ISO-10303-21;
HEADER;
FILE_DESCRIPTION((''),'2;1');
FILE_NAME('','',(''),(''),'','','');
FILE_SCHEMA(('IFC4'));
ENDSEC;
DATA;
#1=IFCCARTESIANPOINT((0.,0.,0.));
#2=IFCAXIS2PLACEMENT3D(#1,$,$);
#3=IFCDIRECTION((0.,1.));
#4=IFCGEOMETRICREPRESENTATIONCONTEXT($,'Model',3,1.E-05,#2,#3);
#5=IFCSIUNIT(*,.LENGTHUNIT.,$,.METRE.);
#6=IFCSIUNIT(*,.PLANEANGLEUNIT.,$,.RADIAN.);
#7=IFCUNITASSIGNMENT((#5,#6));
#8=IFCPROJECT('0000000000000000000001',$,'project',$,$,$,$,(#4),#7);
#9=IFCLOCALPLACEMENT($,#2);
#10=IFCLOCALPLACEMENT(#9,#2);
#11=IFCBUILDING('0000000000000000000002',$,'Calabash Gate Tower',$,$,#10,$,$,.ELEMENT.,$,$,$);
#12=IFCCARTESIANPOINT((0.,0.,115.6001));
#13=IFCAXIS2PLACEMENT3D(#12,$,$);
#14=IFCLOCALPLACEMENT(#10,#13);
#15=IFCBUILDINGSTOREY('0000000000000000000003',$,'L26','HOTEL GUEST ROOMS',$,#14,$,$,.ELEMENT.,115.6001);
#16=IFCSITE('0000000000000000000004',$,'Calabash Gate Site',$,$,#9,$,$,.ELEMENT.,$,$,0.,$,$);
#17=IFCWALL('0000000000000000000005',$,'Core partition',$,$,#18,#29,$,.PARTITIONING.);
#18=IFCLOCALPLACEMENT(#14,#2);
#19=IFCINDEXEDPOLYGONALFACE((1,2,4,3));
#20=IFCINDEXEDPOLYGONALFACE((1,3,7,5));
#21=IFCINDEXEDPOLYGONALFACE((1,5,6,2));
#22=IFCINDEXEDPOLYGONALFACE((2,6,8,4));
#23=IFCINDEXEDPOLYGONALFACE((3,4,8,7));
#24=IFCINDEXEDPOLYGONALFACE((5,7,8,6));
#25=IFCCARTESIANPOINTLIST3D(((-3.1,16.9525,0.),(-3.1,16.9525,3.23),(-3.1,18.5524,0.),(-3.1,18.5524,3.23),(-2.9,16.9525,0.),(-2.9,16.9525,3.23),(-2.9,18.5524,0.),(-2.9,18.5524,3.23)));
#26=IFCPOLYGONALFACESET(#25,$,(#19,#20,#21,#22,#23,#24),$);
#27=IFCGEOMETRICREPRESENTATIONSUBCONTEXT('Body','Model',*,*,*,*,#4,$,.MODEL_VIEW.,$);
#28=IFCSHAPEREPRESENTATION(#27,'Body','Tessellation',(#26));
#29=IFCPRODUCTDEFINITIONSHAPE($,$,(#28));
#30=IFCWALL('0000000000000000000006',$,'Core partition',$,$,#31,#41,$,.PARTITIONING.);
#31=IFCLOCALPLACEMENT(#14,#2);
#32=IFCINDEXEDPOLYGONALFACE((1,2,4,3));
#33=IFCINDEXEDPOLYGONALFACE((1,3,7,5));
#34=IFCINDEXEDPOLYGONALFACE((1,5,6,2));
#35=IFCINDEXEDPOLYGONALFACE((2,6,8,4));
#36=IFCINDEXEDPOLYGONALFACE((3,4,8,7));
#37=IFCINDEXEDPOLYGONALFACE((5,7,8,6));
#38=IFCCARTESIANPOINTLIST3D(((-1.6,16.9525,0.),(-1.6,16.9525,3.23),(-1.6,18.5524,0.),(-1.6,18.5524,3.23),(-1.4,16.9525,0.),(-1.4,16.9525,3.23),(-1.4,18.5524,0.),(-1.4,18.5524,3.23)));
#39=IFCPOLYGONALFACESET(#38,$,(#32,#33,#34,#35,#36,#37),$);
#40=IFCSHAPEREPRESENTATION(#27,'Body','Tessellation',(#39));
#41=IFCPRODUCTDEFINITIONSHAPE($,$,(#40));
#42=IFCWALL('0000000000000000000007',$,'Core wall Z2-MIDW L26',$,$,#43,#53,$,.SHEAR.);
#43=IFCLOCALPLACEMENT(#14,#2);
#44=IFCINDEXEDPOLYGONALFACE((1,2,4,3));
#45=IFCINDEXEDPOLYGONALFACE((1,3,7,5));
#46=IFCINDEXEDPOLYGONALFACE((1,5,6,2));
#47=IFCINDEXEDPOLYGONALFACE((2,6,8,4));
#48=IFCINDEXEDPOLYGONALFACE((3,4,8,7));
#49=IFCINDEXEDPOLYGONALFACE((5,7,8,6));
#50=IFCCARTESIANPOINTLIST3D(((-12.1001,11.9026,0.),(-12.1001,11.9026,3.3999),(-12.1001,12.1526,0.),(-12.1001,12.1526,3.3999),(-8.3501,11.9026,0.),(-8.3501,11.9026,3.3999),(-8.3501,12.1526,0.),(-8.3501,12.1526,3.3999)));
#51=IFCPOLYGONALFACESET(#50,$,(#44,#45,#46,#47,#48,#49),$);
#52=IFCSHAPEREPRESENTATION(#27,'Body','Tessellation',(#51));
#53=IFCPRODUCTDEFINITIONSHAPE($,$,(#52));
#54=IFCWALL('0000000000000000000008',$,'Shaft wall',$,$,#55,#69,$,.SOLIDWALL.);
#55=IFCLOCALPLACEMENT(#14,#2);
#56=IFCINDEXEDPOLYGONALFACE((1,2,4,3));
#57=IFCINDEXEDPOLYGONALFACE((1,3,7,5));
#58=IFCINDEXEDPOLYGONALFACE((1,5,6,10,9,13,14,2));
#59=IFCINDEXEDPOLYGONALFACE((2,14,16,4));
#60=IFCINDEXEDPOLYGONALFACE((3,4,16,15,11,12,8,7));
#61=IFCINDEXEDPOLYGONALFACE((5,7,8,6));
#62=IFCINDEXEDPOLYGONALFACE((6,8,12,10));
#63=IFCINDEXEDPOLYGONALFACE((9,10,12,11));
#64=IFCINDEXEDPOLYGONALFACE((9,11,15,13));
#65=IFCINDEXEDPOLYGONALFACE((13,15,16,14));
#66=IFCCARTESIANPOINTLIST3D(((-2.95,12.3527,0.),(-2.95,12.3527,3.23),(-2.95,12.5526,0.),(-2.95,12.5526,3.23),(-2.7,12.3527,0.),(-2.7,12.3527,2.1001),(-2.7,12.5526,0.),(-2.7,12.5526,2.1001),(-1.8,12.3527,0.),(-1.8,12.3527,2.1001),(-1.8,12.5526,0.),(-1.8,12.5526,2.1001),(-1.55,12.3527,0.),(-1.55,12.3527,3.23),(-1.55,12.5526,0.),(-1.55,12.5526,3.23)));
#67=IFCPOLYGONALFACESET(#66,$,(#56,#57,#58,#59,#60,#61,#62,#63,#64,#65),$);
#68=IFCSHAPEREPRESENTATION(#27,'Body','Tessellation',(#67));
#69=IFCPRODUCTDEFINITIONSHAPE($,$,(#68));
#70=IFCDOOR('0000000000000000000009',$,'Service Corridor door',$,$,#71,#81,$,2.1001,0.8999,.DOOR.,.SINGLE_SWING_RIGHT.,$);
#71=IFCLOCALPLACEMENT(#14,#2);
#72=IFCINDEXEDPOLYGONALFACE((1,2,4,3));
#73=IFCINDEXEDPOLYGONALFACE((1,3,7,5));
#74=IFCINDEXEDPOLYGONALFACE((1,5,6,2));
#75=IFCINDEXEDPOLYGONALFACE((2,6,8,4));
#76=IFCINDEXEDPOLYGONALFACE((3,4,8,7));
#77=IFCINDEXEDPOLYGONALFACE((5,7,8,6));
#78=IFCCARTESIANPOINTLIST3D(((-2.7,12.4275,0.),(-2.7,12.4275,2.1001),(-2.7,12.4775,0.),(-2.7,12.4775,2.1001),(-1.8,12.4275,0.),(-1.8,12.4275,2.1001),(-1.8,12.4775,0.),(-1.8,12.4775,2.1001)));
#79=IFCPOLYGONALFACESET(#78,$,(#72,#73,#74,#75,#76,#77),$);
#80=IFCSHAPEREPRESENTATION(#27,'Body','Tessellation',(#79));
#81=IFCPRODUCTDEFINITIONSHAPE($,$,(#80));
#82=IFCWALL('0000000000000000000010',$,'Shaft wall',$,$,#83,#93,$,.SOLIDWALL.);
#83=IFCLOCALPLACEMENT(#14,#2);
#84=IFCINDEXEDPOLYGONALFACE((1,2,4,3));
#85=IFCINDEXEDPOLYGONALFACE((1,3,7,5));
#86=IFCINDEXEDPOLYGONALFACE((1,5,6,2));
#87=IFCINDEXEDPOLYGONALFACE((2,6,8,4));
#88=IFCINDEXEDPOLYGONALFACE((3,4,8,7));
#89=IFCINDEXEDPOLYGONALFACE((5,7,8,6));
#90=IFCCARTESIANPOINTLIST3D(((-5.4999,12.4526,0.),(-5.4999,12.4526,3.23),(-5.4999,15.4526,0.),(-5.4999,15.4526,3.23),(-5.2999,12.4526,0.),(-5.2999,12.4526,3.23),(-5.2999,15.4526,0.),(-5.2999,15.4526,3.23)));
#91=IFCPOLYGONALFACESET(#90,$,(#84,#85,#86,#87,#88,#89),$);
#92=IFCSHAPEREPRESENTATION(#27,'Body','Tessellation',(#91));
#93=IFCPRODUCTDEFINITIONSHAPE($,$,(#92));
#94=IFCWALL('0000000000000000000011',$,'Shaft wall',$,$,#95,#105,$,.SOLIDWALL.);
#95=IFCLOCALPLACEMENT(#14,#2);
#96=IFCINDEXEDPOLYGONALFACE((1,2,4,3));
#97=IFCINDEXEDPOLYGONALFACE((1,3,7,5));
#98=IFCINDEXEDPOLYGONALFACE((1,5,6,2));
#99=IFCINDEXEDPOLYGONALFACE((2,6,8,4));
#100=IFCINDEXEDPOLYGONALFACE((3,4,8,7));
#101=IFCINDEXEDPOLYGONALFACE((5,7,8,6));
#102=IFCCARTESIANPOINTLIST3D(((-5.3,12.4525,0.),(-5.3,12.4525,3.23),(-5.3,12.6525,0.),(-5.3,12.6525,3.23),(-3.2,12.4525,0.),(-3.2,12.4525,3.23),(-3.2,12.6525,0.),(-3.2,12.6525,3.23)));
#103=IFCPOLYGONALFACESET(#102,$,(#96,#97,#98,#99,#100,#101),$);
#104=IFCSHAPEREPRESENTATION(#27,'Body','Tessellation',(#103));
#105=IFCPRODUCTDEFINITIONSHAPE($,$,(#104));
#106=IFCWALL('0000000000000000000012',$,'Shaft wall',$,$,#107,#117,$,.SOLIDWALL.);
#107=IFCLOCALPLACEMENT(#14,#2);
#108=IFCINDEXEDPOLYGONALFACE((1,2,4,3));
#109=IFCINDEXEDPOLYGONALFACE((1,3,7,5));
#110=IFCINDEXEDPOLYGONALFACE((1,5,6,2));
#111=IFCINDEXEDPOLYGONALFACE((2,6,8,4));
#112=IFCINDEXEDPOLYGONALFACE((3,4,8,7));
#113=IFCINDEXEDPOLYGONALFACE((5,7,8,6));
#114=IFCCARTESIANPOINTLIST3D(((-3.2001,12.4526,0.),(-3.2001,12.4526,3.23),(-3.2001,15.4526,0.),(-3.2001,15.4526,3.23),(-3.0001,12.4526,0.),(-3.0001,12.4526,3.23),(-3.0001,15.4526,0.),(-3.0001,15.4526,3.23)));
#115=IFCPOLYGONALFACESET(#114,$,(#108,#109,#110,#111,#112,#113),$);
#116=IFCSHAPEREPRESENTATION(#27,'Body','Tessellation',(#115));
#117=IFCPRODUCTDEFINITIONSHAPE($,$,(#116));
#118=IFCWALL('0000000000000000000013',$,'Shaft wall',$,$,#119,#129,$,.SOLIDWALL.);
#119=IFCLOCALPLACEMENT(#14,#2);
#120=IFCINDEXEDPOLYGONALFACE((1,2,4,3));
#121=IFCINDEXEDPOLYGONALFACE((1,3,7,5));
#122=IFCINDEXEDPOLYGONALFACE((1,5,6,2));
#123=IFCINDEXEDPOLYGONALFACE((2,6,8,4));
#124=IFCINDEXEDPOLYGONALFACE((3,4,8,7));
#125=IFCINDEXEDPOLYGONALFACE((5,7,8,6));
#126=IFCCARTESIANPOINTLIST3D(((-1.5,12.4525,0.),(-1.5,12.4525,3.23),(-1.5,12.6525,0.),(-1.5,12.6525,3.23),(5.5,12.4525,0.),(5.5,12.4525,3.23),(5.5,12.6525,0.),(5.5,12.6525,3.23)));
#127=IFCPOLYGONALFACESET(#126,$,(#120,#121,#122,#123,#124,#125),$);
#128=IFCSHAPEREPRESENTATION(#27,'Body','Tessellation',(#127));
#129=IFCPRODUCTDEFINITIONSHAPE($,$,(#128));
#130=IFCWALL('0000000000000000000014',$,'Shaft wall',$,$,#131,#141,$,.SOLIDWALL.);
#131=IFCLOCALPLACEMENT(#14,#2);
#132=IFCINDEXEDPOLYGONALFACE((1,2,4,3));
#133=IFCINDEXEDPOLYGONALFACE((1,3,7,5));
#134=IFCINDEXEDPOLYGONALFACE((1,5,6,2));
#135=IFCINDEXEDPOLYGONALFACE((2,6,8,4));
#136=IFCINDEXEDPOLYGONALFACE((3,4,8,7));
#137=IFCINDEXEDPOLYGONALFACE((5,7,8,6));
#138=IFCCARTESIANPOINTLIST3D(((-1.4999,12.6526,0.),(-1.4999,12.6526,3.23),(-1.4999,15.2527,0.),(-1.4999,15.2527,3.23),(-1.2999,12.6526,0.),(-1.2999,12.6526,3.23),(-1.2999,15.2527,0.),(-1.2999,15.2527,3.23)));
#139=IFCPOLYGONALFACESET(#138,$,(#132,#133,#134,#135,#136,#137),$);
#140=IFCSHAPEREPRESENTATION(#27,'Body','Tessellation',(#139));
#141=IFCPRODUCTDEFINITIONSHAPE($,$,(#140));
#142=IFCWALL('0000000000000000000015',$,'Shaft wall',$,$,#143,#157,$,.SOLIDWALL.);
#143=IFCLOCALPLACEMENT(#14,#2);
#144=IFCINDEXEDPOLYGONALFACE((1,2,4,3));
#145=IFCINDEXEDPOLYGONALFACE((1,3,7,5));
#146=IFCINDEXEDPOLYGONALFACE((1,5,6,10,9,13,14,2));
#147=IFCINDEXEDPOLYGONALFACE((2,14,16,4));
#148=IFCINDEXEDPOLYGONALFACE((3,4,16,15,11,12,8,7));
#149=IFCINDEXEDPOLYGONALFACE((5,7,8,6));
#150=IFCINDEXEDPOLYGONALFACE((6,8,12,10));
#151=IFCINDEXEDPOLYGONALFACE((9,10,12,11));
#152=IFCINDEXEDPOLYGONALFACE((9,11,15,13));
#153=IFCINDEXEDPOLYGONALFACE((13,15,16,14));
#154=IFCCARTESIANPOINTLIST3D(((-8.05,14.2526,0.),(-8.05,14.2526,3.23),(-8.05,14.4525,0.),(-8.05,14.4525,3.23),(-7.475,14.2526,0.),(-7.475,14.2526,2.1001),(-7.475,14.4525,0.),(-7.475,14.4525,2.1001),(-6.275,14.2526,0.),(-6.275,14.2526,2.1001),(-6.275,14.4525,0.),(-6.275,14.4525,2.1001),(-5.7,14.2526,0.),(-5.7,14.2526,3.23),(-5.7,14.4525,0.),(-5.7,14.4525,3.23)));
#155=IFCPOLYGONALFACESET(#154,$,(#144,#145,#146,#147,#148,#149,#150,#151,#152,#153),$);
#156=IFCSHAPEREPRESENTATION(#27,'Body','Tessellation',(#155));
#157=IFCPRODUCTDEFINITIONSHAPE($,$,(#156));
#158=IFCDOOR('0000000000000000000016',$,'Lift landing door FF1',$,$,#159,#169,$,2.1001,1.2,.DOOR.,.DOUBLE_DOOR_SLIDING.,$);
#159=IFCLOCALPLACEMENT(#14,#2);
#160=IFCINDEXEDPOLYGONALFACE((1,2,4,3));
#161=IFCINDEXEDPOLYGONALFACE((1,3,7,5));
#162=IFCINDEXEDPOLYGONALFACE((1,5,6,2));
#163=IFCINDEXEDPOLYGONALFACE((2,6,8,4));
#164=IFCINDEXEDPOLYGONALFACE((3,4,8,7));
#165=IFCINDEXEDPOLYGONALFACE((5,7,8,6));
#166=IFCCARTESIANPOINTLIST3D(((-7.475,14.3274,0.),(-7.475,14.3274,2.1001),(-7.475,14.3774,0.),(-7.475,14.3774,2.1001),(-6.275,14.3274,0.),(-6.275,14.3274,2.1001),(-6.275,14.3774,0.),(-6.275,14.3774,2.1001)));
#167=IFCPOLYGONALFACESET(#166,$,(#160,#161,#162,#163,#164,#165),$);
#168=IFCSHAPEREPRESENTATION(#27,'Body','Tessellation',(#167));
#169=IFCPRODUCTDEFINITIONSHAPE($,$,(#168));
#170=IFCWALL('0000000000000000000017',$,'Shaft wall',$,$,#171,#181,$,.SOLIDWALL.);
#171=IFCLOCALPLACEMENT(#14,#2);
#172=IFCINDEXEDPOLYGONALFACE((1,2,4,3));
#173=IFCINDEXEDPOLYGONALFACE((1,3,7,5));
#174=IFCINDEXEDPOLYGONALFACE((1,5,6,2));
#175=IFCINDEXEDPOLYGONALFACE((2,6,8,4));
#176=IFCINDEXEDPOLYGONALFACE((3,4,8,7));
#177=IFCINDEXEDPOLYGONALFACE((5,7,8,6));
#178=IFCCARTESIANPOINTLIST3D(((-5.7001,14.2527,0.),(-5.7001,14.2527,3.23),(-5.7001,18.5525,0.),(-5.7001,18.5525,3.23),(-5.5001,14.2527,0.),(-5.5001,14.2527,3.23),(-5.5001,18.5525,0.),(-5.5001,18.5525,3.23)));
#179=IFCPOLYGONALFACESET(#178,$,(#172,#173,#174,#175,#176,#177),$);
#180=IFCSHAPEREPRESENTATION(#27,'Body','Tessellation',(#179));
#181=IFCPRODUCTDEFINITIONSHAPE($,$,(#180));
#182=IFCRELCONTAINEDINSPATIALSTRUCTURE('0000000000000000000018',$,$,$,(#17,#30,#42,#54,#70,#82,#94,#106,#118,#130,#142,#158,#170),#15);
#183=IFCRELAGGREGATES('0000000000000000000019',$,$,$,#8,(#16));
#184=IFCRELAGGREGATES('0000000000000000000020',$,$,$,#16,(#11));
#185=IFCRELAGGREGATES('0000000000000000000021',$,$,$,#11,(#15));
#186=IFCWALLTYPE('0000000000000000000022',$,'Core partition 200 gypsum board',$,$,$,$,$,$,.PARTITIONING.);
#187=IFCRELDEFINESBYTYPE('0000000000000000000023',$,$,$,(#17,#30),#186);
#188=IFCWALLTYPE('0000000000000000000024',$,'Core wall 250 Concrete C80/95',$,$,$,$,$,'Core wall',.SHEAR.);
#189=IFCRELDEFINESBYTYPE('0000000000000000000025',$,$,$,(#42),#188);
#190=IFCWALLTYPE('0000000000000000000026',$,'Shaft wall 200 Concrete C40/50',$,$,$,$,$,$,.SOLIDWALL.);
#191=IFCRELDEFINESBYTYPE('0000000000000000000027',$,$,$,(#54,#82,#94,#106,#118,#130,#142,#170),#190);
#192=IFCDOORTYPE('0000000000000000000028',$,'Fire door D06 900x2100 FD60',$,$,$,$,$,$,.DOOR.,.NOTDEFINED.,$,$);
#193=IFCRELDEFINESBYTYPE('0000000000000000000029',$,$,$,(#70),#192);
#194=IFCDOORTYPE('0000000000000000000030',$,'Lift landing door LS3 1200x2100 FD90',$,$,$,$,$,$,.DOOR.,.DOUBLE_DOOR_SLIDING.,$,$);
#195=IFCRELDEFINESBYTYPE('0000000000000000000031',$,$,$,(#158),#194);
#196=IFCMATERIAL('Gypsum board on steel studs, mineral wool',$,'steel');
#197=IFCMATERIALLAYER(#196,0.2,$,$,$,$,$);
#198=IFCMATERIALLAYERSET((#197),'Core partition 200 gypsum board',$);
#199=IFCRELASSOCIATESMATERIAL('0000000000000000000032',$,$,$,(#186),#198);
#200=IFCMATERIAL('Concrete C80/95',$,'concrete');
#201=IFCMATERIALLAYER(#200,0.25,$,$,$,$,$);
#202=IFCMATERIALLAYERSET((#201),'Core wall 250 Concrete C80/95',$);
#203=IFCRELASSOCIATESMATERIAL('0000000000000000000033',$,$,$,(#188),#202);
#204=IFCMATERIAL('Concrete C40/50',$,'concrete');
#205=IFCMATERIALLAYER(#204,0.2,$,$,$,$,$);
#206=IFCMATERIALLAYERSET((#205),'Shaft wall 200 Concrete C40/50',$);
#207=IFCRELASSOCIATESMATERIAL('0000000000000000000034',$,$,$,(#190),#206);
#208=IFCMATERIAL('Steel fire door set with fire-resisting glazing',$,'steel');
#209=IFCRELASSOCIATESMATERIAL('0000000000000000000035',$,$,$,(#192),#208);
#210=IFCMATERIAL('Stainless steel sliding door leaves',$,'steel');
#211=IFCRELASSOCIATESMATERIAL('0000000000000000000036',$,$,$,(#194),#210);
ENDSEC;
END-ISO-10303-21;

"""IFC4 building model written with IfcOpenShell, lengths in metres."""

from ifc_helpers import new_model, si_unit, direction, frame, frame_2d, origin, place, context, subcontext, project, spatial, rectangle, extrude, material, layer, layer_set, type_object, element, fill, save


model = new_model("IFC4")

# Units and contexts
model_context = context("Model", 3, precision=1e-05, world=origin(), true_north=direction((0.0, 1.0)))
body_context = subcontext(model_context, "Body", "Model", "MODEL_VIEW")
ifc_project = project(units=[si_unit("LENGTHUNIT", "METRE"), si_unit("PLANEANGLEUNIT", "RADIAN")], contexts=[model_context])

# Site, building, storey
site_placement = place(None, origin())
site = spatial("IfcSite", under=ifc_project, at=site_placement, Name="Calabash Gate Site", CompositionType="ELEMENT", RefElevation=0.0)
building_placement = place(site_placement, origin())
building = spatial("IfcBuilding", under=site, at=building_placement, Name="Calabash Gate Tower", CompositionType="ELEMENT")
storey_placement = place(building_placement, frame((0.0, 0.0, 115.6001)))
storey = spatial("IfcBuildingStorey", under=building, at=storey_placement, Name="L26", Description="HOTEL GUEST ROOMS", CompositionType="ELEMENT", Elevation=115.6001)

# Walls
ifc_material_1 = material(Name="Gypsum board on steel studs, mineral wool", Category="steel")
ifc_layer_1 = layer(ifc_material_1, 0.2)
ifc_layer_set_1 = layer_set([ifc_layer_1], Name="Core partition 200 gypsum board")
wall_type_1 = type_object("IfcWallType", Name="Core partition 200 gypsum board", PredefinedType="PARTITIONING", material=ifc_layer_set_1)
for number, where, z_axis, x_axis, name in (
    (1, (-3.0, 16.9526, 0.0), (0.0, 0.0, 1.0), (0.0, 1.0, 0.0), "Core partition"),
    (2, (-1.5, 16.9526, 0.0), (0.0, 0.0, 1.0), (0.0, 1.0, 0.0), "Core partition"),
):
    element("IfcWall", number, at=place(storey_placement, frame(where, z_axis=z_axis, x_axis=x_axis)), inside=storey, type_object=wall_type_1, Name=name, PredefinedType="PARTITIONING", context=body_context, shape_type="SweptSolid", body=[
        extrude(rectangle(XDim=1.5999, YDim=0.2, at=frame_2d((0.7998, 0.0))), origin(), (0.0, 0.0, 1.0), 3.23),
    ])
ifc_material_2 = material(Name="Concrete C80/95", Category="concrete")
ifc_layer_2 = layer(ifc_material_2, 0.25)
ifc_layer_set_2 = layer_set([ifc_layer_2], Name="Core wall 250 Concrete C80/95")
wall_type_2 = type_object("IfcWallType", Name="Core wall 250 Concrete C80/95", ElementType="Core wall", PredefinedType="SHEAR", material=ifc_layer_set_2)
wall_1_placement = place(storey_placement, frame((-12.1001, 12.0276, 0.0), z_axis=(0.0, 0.0, 1.0), x_axis=(1.0, 0.0, 0.0)))
element("IfcWall", 3, at=wall_1_placement, inside=storey, type_object=wall_type_2, Name="Core wall Z2-MIDW L26", PredefinedType="SHEAR", context=body_context, shape_type="SweptSolid", body=[
    extrude(rectangle(XDim=3.75, YDim=0.25, at=frame_2d((1.875, 0.0))), origin(), (0.0, 0.0, 1.0), 3.3999),
])

# Wall, opening, door
ifc_material_3 = material(Name="Concrete C40/50", Category="concrete")
ifc_layer_3 = layer(ifc_material_3, 0.2)
ifc_layer_set_3 = layer_set([ifc_layer_3], Name="Shaft wall 200 Concrete C40/50")
wall_type_3 = type_object("IfcWallType", Name="Shaft wall 200 Concrete C40/50", PredefinedType="SOLIDWALL", material=ifc_layer_set_3)
wall_2_placement = place(storey_placement, frame((-2.95, 12.4526, 0.0), z_axis=(0.0, 0.0, 1.0), x_axis=(1.0, 0.0, 0.0)))
wall_2 = element("IfcWall", 4, at=wall_2_placement, inside=storey, type_object=wall_type_3, Name="Shaft wall", PredefinedType="SOLIDWALL", context=body_context, shape_type="SweptSolid", body=[
    extrude(rectangle(XDim=1.3999, YDim=0.2, at=frame_2d((0.7, 0.0))), origin(), (0.0, 0.0, 1.0), 3.23),
])
opening_1_placement = place(wall_2_placement, frame((0.25, 0.0, 0.0)))
opening_1 = element("IfcOpeningElement", 5, at=opening_1_placement, cuts=wall_2, PredefinedType="OPENING", context=body_context, shape_type="SweptSolid", body=[
    extrude(rectangle(XDim=0.8999, YDim=2.1001, at=frame_2d((0.45, 1.05))), frame((0.0, 0.1099, 0.0), z_axis=(0.0, -1.0, 0.0), x_axis=(1.0, 0.0, 0.0)), (0.0, 0.0, 1.0), 0.22),
])
ifc_material_4 = material(Name="Steel fire door set with fire-resisting glazing", Category="steel")
door_type_1 = type_object("IfcDoorType", Name="Fire door D06 900x2100 FD60", OperationType="NOTDEFINED", PredefinedType="DOOR", material=ifc_material_4)
door_1_placement = place(opening_1_placement, origin())
door_1 = element("IfcDoor", 6, at=door_1_placement, inside=storey, type_object=door_type_1, Name="Service Corridor door", OperationType="SINGLE_SWING_RIGHT", OverallHeight=2.1001, OverallWidth=0.8999, PredefinedType="DOOR", context=body_context, shape_type="SweptSolid", body=[
    extrude(rectangle(XDim=0.8999, YDim=2.1001, at=frame_2d((0.45, 1.05))), frame((0.0, 0.0249, 0.0), z_axis=(0.0, -1.0, 0.0), x_axis=(1.0, 0.0, 0.0)), (0.0, 0.0, 1.0), 0.05),
])
fill(opening_1, door_1)

# Walls
wall_3_placement = place(storey_placement, frame((-5.3999, 12.4526, 0.0), z_axis=(0.0, 0.0, 1.0), x_axis=(0.0, 1.0, 0.0)))
element("IfcWall", 7, at=wall_3_placement, inside=storey, type_object=wall_type_3, Name="Shaft wall", PredefinedType="SOLIDWALL", context=body_context, shape_type="SweptSolid", body=[
    extrude(rectangle(XDim=3.0, YDim=0.2, at=frame_2d((1.5, 0.0))), origin(), (0.0, 0.0, 1.0), 3.23),
])
wall_4_placement = place(storey_placement, frame((-5.3, 12.5525, 0.0), z_axis=(0.0, 0.0, 1.0), x_axis=(1.0, 0.0, 0.0)))
element("IfcWall", 8, at=wall_4_placement, inside=storey, type_object=wall_type_3, Name="Shaft wall", PredefinedType="SOLIDWALL", context=body_context, shape_type="SweptSolid", body=[
    extrude(rectangle(XDim=2.1001, YDim=0.2, at=frame_2d((1.05, 0.0))), origin(), (0.0, 0.0, 1.0), 3.23),
])
wall_5_placement = place(storey_placement, frame((-3.1001, 12.4526, 0.0), z_axis=(0.0, 0.0, 1.0), x_axis=(0.0, 1.0, 0.0)))
element("IfcWall", 9, at=wall_5_placement, inside=storey, type_object=wall_type_3, Name="Shaft wall", PredefinedType="SOLIDWALL", context=body_context, shape_type="SweptSolid", body=[
    extrude(rectangle(XDim=3.0, YDim=0.2, at=frame_2d((1.5, 0.0))), origin(), (0.0, 0.0, 1.0), 3.23),
])
wall_6_placement = place(storey_placement, frame((-1.5, 12.5525, 0.0), z_axis=(0.0, 0.0, 1.0), x_axis=(1.0, 0.0, 0.0)))
element("IfcWall", 10, at=wall_6_placement, inside=storey, type_object=wall_type_3, Name="Shaft wall", PredefinedType="SOLIDWALL", context=body_context, shape_type="SweptSolid", body=[
    extrude(rectangle(XDim=7.0, YDim=0.2, at=frame_2d((3.5, 0.0))), origin(), (0.0, 0.0, 1.0), 3.23),
])
wall_7_placement = place(storey_placement, frame((-1.3999, 12.6526, 0.0), z_axis=(0.0, 0.0, 1.0), x_axis=(0.0, 1.0, 0.0)))
element("IfcWall", 11, at=wall_7_placement, inside=storey, type_object=wall_type_3, Name="Shaft wall", PredefinedType="SOLIDWALL", context=body_context, shape_type="SweptSolid", body=[
    extrude(rectangle(XDim=2.6001, YDim=0.2, at=frame_2d((1.3, 0.0))), origin(), (0.0, 0.0, 1.0), 3.23),
])

# Wall, opening, door
wall_8_placement = place(storey_placement, frame((-8.05, 14.3525, 0.0), z_axis=(0.0, 0.0, 1.0), x_axis=(1.0, 0.0, 0.0)))
wall_8 = element("IfcWall", 12, at=wall_8_placement, inside=storey, type_object=wall_type_3, Name="Shaft wall", PredefinedType="SOLIDWALL", context=body_context, shape_type="SweptSolid", body=[
    extrude(rectangle(XDim=2.3501, YDim=0.2, at=frame_2d((1.175, 0.0))), origin(), (0.0, 0.0, 1.0), 3.23),
])
opening_2_placement = place(wall_8_placement, frame((0.575, 0.0, 0.0)))
opening_2 = element("IfcOpeningElement", 13, at=opening_2_placement, cuts=wall_8, PredefinedType="OPENING", context=body_context, shape_type="SweptSolid", body=[
    extrude(rectangle(XDim=1.2, YDim=2.1001, at=frame_2d((0.6001, 1.05))), frame((0.0, 0.1099, 0.0), z_axis=(0.0, -1.0, 0.0), x_axis=(1.0, 0.0, 0.0)), (0.0, 0.0, 1.0), 0.22),
])
ifc_material_5 = material(Name="Stainless steel sliding door leaves", Category="steel")
door_type_2 = type_object("IfcDoorType", Name="Lift landing door LS3 1200x2100 FD90", OperationType="DOUBLE_DOOR_SLIDING", PredefinedType="DOOR", material=ifc_material_5)
door_2_placement = place(opening_2_placement, origin())
door_2 = element("IfcDoor", 14, at=door_2_placement, inside=storey, type_object=door_type_2, Name="Lift landing door FF1", OperationType="DOUBLE_DOOR_SLIDING", OverallHeight=2.1001, OverallWidth=1.2, PredefinedType="DOOR", context=body_context, shape_type="SweptSolid", body=[
    extrude(rectangle(XDim=1.2, YDim=2.1001, at=frame_2d((0.6001, 1.05))), frame((0.0, 0.0249, 0.0), z_axis=(0.0, -1.0, 0.0), x_axis=(1.0, 0.0, 0.0)), (0.0, 0.0, 1.0), 0.05),
])
fill(opening_2, door_2)

# Wall
wall_9_placement = place(storey_placement, frame((-5.6001, 14.2527, 0.0), z_axis=(0.0, 0.0, 1.0), x_axis=(0.0, 1.0, 0.0)))
element("IfcWall", 15, at=wall_9_placement, inside=storey, type_object=wall_type_3, Name="Shaft wall", PredefinedType="SOLIDWALL", context=body_context, shape_type="SweptSolid", body=[
    extrude(rectangle(XDim=4.2998, YDim=0.2, at=frame_2d((2.1499, 0.0))), origin(), (0.0, 0.0, 1.0), 3.23),
])

save(model, "model.ifc")
